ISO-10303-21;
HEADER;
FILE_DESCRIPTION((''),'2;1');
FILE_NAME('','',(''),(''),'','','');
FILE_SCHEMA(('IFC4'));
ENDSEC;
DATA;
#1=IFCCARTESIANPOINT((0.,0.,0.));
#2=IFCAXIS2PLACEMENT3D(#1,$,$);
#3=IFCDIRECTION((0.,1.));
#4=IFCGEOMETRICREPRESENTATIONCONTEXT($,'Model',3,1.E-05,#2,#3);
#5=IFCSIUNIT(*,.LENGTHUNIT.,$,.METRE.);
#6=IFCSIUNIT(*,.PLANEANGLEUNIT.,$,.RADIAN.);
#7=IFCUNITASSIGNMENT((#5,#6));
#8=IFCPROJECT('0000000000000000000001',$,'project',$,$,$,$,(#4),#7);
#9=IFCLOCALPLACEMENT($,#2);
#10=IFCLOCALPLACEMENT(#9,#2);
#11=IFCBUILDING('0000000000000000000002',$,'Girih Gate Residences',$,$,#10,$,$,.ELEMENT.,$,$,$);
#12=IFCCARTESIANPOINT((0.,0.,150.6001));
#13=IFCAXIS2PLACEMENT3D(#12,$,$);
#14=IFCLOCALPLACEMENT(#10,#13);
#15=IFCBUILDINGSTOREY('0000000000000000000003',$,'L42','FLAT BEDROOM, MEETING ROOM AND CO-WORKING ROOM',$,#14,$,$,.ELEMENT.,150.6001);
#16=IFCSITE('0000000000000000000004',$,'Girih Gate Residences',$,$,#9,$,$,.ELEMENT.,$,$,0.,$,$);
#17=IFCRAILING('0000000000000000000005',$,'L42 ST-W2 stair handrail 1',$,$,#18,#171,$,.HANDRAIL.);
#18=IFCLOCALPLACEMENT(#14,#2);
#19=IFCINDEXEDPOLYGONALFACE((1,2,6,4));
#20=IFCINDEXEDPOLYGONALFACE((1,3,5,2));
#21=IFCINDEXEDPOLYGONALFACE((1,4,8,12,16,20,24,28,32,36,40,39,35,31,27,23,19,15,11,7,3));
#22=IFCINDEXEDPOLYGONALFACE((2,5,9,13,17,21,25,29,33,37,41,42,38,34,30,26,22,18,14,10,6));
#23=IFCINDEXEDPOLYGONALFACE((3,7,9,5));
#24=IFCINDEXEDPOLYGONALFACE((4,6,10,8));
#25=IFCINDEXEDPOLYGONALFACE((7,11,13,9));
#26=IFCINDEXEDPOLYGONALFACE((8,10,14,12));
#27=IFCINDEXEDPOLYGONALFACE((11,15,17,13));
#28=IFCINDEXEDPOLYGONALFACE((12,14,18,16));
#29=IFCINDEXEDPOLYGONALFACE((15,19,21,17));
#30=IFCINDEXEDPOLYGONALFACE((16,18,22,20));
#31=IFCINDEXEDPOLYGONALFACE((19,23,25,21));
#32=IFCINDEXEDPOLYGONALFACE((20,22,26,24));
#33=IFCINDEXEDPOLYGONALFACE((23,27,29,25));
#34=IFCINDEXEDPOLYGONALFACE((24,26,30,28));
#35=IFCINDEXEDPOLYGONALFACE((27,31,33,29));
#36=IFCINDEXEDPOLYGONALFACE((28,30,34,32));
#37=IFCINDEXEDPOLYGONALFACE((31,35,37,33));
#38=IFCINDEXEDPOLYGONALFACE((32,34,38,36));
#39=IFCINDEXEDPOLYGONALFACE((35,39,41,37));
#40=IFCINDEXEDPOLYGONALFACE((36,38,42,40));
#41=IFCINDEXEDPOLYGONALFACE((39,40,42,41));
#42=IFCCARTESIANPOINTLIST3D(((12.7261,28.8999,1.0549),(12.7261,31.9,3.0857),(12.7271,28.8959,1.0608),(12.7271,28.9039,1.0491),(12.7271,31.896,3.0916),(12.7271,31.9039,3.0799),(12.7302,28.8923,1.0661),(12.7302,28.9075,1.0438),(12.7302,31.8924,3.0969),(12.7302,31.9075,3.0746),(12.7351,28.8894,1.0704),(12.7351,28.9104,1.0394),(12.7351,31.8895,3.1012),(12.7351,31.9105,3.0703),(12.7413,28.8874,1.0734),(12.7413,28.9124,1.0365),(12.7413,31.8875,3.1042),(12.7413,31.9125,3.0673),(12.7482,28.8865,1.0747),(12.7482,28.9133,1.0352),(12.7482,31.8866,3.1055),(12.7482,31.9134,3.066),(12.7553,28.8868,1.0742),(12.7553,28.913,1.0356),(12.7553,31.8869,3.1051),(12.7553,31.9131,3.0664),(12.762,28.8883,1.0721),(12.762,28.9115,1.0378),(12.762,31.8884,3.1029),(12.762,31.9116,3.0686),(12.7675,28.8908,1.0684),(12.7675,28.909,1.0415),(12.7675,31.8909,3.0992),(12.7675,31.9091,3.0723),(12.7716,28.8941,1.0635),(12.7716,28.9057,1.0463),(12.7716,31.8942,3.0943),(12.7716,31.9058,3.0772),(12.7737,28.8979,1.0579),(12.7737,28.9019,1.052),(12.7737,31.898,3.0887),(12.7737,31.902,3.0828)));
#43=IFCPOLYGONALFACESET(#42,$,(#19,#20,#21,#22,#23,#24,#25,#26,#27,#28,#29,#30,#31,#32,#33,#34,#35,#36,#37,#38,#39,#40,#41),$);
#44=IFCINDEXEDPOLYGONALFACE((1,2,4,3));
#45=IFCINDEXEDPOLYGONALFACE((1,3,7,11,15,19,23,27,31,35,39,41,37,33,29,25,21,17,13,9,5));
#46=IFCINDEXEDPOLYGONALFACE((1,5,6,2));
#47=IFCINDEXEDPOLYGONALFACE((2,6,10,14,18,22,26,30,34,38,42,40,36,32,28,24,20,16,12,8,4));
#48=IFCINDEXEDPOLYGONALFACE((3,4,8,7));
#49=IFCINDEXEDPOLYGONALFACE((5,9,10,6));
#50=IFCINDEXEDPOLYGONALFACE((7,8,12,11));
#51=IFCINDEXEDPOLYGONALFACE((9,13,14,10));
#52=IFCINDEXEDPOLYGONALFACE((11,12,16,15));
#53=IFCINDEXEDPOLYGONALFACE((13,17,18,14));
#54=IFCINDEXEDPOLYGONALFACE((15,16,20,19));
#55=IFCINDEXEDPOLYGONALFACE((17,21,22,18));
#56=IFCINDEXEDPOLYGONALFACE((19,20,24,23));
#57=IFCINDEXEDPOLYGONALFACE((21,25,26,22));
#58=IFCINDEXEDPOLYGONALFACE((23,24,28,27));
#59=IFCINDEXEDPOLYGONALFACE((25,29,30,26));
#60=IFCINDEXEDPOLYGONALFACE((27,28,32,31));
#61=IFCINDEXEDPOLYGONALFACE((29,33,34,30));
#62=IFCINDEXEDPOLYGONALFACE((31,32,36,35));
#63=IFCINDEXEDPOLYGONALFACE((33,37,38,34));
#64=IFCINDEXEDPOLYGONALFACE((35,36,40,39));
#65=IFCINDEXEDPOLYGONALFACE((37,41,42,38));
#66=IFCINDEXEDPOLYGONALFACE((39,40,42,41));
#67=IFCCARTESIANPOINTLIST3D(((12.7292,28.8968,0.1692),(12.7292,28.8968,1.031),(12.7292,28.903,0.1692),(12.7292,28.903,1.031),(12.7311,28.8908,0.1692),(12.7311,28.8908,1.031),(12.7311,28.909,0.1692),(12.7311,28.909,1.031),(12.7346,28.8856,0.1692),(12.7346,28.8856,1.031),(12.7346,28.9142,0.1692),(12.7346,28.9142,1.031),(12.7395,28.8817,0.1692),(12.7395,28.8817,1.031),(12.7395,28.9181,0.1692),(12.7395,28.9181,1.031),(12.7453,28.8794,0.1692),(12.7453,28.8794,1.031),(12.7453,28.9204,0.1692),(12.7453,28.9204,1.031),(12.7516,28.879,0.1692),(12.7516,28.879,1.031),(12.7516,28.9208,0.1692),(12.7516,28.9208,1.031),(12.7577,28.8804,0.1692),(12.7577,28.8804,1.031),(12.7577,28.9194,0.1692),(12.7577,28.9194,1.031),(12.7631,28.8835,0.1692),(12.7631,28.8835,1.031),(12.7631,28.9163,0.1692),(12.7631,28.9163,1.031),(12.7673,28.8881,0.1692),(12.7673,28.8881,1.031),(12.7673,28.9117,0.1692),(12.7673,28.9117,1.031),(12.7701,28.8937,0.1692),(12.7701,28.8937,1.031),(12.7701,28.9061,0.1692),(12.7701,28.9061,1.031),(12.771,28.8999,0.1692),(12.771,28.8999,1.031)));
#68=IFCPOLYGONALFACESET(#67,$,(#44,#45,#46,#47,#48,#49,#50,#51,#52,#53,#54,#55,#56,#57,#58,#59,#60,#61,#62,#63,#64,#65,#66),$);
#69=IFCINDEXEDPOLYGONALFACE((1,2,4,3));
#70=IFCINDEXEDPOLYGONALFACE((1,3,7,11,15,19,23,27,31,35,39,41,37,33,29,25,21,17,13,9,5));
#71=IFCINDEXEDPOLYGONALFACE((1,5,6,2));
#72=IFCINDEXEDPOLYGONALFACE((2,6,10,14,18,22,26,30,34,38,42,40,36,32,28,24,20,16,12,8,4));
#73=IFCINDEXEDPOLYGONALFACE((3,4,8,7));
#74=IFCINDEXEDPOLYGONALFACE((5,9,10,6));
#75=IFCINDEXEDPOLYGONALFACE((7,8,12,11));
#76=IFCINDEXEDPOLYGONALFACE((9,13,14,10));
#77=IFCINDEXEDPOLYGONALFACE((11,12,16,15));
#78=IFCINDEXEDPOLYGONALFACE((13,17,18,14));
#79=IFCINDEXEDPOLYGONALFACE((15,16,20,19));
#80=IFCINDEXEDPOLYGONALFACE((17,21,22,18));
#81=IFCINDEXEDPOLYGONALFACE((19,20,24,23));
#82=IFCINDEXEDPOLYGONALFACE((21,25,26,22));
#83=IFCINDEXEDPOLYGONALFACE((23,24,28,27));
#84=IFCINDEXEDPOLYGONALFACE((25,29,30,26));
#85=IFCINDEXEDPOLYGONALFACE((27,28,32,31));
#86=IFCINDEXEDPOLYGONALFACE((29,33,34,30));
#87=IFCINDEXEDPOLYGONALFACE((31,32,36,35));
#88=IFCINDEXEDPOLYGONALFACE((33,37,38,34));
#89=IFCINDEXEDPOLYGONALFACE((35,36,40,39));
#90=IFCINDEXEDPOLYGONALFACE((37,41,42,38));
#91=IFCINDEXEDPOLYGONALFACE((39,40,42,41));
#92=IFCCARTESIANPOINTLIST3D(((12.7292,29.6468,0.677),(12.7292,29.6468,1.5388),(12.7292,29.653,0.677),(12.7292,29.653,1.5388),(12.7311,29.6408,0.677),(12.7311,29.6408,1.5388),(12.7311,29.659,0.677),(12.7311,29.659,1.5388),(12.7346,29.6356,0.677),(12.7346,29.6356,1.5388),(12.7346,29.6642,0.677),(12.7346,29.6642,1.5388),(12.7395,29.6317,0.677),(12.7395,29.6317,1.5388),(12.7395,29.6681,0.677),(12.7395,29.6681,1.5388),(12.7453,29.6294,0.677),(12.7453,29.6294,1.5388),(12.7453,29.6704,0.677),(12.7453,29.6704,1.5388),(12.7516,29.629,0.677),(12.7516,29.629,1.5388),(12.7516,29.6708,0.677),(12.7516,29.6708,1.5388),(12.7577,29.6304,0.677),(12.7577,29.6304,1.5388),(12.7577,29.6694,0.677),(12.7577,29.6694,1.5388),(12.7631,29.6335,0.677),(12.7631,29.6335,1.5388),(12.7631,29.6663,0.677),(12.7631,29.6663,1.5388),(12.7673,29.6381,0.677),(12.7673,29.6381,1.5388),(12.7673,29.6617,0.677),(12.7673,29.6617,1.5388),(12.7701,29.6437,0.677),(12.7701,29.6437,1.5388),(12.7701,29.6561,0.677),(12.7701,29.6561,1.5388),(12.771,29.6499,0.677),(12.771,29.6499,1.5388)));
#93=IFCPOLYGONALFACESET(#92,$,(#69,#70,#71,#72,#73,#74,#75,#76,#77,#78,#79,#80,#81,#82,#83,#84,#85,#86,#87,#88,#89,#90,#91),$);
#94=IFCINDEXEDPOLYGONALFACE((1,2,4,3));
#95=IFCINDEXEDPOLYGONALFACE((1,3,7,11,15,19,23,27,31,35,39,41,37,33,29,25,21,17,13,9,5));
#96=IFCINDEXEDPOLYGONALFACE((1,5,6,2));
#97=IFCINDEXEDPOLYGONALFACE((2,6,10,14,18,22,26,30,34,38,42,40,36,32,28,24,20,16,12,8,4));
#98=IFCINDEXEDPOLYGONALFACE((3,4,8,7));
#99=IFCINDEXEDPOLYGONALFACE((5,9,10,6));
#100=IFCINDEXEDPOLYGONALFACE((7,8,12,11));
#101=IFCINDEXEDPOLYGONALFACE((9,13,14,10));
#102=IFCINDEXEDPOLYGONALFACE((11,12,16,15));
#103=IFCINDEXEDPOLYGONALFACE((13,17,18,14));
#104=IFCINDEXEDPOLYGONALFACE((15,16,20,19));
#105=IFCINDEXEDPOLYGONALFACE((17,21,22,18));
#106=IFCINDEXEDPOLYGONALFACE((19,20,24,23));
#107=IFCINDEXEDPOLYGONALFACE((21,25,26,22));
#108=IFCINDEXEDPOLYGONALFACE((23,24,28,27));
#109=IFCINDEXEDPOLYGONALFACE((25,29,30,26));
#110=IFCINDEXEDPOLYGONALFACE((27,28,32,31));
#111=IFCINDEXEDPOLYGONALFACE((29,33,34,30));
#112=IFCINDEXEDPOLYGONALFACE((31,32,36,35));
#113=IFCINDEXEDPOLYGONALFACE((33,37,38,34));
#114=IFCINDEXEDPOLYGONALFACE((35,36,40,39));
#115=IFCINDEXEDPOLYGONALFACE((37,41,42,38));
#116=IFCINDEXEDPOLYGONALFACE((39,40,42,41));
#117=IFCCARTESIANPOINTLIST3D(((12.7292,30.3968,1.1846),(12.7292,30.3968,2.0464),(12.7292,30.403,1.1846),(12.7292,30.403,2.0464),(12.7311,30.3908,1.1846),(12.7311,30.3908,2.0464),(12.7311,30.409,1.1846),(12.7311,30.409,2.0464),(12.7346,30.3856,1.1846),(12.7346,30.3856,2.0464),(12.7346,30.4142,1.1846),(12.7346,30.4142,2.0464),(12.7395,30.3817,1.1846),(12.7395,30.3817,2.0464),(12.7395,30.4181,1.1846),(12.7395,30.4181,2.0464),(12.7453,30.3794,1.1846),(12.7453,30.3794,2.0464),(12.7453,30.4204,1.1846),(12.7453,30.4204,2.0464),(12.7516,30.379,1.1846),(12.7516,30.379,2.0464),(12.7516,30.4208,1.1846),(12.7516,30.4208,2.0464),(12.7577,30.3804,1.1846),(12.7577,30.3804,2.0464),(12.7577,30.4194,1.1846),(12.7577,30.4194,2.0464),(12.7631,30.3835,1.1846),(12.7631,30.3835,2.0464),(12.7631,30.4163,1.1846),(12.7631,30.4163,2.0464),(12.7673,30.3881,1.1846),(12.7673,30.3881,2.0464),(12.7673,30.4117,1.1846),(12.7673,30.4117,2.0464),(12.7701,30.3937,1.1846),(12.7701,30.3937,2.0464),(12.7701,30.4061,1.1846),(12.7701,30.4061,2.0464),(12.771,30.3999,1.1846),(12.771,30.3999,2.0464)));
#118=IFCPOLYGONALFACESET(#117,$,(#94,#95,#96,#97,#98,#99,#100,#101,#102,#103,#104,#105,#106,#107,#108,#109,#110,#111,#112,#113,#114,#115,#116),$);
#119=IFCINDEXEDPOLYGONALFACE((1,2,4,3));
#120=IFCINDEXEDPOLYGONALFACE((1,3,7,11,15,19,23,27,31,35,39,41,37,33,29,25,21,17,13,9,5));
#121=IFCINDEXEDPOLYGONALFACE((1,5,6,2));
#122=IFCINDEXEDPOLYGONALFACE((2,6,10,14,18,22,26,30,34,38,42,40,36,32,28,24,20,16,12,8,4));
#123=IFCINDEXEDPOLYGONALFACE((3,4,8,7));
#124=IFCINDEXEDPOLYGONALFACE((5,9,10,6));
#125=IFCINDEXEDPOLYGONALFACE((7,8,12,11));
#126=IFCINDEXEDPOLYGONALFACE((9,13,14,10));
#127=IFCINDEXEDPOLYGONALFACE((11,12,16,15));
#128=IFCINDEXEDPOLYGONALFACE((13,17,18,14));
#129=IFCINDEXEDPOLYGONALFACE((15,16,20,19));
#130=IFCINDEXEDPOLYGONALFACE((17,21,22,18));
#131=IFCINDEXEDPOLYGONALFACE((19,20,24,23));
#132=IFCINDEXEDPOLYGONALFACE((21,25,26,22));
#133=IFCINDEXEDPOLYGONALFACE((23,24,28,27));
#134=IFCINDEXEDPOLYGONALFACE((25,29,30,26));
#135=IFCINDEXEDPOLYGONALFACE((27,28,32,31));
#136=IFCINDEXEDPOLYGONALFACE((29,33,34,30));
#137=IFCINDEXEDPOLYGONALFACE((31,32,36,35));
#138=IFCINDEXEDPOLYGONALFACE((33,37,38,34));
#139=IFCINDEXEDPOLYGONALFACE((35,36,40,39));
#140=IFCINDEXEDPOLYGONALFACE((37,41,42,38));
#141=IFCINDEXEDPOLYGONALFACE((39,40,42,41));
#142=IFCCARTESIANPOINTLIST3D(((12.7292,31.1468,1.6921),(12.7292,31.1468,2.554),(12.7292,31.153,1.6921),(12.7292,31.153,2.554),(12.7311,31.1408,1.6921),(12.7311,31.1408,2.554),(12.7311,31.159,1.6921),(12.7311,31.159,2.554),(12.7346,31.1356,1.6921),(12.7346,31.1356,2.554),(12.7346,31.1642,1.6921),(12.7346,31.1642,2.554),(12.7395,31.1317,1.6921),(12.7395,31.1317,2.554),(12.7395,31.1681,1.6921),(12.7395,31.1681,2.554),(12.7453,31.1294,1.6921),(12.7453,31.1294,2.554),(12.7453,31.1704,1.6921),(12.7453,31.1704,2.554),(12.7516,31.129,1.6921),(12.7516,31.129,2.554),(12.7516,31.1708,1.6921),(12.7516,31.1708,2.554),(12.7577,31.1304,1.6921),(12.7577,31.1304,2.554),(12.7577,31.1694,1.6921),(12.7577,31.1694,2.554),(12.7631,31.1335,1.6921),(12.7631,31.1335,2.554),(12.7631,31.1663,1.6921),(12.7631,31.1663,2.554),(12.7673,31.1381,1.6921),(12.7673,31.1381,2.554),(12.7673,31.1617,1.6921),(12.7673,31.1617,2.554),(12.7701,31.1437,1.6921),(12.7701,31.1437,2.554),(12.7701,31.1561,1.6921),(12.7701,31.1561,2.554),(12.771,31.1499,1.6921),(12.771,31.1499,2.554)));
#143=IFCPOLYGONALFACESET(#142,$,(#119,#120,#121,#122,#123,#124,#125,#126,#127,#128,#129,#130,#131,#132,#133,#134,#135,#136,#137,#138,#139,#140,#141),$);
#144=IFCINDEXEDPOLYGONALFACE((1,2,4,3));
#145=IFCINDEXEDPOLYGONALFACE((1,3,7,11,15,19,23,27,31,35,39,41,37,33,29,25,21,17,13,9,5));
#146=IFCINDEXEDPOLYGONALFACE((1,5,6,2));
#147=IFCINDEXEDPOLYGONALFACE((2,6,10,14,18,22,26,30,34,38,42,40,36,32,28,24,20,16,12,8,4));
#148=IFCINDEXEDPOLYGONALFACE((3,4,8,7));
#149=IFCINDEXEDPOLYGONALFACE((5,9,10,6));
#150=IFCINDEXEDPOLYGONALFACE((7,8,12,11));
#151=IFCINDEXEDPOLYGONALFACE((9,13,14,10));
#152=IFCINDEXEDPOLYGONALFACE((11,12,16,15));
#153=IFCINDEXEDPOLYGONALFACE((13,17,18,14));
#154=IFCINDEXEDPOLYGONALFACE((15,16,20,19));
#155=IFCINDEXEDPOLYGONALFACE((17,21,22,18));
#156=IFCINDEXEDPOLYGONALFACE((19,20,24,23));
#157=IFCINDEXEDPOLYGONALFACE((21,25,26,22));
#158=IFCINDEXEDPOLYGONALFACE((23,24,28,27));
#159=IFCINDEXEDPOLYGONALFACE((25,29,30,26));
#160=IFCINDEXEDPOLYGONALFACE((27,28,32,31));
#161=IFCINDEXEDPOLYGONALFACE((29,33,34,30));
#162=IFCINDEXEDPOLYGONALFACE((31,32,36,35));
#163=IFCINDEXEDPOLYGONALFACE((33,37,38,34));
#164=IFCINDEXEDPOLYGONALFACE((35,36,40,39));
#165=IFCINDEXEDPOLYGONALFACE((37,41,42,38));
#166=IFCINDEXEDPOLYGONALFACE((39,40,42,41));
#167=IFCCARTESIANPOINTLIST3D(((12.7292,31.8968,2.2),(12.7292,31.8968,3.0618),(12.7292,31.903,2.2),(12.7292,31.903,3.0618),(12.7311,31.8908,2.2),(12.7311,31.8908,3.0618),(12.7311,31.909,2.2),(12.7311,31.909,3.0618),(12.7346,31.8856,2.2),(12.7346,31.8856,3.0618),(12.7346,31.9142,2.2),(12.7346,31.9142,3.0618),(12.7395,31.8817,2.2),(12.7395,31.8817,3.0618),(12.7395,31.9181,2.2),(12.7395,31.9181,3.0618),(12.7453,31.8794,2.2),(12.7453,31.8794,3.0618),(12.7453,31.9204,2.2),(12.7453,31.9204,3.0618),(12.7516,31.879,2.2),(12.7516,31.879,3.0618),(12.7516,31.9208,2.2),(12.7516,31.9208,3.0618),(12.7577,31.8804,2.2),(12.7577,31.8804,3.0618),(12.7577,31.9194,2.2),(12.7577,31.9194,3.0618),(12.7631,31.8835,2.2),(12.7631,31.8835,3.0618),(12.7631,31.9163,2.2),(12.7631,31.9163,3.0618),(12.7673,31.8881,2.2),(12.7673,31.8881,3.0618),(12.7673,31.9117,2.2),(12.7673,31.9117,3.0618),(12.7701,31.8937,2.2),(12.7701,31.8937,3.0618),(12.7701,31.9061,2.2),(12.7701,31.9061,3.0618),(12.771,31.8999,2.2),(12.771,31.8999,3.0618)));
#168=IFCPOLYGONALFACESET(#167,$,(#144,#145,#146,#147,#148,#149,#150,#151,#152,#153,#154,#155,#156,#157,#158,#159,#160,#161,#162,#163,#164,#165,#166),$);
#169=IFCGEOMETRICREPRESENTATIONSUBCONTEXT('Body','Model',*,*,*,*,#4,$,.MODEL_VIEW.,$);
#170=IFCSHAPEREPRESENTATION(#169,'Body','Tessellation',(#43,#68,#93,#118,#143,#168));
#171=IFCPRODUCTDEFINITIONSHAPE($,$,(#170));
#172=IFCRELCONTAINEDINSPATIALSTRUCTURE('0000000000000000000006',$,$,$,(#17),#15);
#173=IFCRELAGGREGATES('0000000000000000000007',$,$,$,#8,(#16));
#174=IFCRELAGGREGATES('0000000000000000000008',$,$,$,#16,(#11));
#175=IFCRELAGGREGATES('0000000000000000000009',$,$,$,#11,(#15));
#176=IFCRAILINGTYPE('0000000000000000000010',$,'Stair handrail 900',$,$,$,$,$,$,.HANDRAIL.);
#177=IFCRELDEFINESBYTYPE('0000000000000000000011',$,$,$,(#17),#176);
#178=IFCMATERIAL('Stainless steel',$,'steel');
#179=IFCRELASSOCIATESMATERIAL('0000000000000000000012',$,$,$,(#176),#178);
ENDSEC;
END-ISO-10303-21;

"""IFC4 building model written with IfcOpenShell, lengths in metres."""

from ifc_helpers import new_model, si_unit, direction, frame, origin, origin_2d, place, context, subcontext, project, spatial, circle, extrude, material, type_object, element, save


model = new_model("IFC4")

# Units and contexts
model_context = context("Model", 3, precision=1e-05, world=origin(), true_north=direction((0.0, 1.0)))
body_context = subcontext(model_context, "Body", "Model", "MODEL_VIEW")
ifc_project = project(units=[si_unit("LENGTHUNIT", "METRE"), si_unit("PLANEANGLEUNIT", "RADIAN")], contexts=[model_context])

# Site, building, storey
site_placement = place(None, origin())
site = spatial("IfcSite", under=ifc_project, at=site_placement, Name="Girih Gate Residences", CompositionType="ELEMENT", RefElevation=0.0)
building_placement = place(site_placement, origin())
building = spatial("IfcBuilding", under=site, at=building_placement, Name="Girih Gate Residences", CompositionType="ELEMENT")
storey_placement = place(building_placement, frame((0.0, 0.0, 150.6001)))
storey = spatial("IfcBuildingStorey", under=building, at=storey_placement, Name="L42", Description="FLAT BEDROOM, MEETING ROOM AND CO-WORKING ROOM", CompositionType="ELEMENT", Elevation=150.6001)

# Railing
ifc_material_1 = material(Name="Stainless steel", Category="steel")
railing_type_1 = type_object("IfcRailingType", Name="Stair handrail 900", PredefinedType="HANDRAIL", material=ifc_material_1)
railing_1_placement = place(storey_placement, frame((12.75, 28.8999, 0.1692)))
element("IfcRailing", 1, at=railing_1_placement, inside=storey, type_object=railing_type_1, Name="L42 ST-W2 stair handrail 1", PredefinedType="HANDRAIL", context=body_context, shape_type="SweptSolid", body=[
    extrude(circle(Radius=0.0239, at=origin_2d()), frame((0.0, 0.0, 0.8857), z_axis=(0.0, 0.82811, 0.560565), x_axis=(-1.0, 0.0, 0.0)), (0.0, 0.0, 1.0), 3.6228),
    extrude(circle(Radius=0.021, at=origin_2d()), origin(), (0.0, 0.0, 1.0), 0.8618),
    extrude(circle(Radius=0.021, at=origin_2d()), frame((0.0, 0.75, 0.5078)), (0.0, 0.0, 1.0), 0.8618),
    extrude(circle(Radius=0.021, at=origin_2d()), frame((0.0, 1.5, 1.0154)), (0.0, 0.0, 1.0), 0.8618),
    extrude(circle(Radius=0.021, at=origin_2d()), frame((0.0, 2.25, 1.5229)), (0.0, 0.0, 1.0), 0.8618),
    extrude(circle(Radius=0.021, at=origin_2d()), frame((0.0, 3.0, 2.0308)), (0.0, 0.0, 1.0), 0.8618),
])

save(model, "model.ifc")
